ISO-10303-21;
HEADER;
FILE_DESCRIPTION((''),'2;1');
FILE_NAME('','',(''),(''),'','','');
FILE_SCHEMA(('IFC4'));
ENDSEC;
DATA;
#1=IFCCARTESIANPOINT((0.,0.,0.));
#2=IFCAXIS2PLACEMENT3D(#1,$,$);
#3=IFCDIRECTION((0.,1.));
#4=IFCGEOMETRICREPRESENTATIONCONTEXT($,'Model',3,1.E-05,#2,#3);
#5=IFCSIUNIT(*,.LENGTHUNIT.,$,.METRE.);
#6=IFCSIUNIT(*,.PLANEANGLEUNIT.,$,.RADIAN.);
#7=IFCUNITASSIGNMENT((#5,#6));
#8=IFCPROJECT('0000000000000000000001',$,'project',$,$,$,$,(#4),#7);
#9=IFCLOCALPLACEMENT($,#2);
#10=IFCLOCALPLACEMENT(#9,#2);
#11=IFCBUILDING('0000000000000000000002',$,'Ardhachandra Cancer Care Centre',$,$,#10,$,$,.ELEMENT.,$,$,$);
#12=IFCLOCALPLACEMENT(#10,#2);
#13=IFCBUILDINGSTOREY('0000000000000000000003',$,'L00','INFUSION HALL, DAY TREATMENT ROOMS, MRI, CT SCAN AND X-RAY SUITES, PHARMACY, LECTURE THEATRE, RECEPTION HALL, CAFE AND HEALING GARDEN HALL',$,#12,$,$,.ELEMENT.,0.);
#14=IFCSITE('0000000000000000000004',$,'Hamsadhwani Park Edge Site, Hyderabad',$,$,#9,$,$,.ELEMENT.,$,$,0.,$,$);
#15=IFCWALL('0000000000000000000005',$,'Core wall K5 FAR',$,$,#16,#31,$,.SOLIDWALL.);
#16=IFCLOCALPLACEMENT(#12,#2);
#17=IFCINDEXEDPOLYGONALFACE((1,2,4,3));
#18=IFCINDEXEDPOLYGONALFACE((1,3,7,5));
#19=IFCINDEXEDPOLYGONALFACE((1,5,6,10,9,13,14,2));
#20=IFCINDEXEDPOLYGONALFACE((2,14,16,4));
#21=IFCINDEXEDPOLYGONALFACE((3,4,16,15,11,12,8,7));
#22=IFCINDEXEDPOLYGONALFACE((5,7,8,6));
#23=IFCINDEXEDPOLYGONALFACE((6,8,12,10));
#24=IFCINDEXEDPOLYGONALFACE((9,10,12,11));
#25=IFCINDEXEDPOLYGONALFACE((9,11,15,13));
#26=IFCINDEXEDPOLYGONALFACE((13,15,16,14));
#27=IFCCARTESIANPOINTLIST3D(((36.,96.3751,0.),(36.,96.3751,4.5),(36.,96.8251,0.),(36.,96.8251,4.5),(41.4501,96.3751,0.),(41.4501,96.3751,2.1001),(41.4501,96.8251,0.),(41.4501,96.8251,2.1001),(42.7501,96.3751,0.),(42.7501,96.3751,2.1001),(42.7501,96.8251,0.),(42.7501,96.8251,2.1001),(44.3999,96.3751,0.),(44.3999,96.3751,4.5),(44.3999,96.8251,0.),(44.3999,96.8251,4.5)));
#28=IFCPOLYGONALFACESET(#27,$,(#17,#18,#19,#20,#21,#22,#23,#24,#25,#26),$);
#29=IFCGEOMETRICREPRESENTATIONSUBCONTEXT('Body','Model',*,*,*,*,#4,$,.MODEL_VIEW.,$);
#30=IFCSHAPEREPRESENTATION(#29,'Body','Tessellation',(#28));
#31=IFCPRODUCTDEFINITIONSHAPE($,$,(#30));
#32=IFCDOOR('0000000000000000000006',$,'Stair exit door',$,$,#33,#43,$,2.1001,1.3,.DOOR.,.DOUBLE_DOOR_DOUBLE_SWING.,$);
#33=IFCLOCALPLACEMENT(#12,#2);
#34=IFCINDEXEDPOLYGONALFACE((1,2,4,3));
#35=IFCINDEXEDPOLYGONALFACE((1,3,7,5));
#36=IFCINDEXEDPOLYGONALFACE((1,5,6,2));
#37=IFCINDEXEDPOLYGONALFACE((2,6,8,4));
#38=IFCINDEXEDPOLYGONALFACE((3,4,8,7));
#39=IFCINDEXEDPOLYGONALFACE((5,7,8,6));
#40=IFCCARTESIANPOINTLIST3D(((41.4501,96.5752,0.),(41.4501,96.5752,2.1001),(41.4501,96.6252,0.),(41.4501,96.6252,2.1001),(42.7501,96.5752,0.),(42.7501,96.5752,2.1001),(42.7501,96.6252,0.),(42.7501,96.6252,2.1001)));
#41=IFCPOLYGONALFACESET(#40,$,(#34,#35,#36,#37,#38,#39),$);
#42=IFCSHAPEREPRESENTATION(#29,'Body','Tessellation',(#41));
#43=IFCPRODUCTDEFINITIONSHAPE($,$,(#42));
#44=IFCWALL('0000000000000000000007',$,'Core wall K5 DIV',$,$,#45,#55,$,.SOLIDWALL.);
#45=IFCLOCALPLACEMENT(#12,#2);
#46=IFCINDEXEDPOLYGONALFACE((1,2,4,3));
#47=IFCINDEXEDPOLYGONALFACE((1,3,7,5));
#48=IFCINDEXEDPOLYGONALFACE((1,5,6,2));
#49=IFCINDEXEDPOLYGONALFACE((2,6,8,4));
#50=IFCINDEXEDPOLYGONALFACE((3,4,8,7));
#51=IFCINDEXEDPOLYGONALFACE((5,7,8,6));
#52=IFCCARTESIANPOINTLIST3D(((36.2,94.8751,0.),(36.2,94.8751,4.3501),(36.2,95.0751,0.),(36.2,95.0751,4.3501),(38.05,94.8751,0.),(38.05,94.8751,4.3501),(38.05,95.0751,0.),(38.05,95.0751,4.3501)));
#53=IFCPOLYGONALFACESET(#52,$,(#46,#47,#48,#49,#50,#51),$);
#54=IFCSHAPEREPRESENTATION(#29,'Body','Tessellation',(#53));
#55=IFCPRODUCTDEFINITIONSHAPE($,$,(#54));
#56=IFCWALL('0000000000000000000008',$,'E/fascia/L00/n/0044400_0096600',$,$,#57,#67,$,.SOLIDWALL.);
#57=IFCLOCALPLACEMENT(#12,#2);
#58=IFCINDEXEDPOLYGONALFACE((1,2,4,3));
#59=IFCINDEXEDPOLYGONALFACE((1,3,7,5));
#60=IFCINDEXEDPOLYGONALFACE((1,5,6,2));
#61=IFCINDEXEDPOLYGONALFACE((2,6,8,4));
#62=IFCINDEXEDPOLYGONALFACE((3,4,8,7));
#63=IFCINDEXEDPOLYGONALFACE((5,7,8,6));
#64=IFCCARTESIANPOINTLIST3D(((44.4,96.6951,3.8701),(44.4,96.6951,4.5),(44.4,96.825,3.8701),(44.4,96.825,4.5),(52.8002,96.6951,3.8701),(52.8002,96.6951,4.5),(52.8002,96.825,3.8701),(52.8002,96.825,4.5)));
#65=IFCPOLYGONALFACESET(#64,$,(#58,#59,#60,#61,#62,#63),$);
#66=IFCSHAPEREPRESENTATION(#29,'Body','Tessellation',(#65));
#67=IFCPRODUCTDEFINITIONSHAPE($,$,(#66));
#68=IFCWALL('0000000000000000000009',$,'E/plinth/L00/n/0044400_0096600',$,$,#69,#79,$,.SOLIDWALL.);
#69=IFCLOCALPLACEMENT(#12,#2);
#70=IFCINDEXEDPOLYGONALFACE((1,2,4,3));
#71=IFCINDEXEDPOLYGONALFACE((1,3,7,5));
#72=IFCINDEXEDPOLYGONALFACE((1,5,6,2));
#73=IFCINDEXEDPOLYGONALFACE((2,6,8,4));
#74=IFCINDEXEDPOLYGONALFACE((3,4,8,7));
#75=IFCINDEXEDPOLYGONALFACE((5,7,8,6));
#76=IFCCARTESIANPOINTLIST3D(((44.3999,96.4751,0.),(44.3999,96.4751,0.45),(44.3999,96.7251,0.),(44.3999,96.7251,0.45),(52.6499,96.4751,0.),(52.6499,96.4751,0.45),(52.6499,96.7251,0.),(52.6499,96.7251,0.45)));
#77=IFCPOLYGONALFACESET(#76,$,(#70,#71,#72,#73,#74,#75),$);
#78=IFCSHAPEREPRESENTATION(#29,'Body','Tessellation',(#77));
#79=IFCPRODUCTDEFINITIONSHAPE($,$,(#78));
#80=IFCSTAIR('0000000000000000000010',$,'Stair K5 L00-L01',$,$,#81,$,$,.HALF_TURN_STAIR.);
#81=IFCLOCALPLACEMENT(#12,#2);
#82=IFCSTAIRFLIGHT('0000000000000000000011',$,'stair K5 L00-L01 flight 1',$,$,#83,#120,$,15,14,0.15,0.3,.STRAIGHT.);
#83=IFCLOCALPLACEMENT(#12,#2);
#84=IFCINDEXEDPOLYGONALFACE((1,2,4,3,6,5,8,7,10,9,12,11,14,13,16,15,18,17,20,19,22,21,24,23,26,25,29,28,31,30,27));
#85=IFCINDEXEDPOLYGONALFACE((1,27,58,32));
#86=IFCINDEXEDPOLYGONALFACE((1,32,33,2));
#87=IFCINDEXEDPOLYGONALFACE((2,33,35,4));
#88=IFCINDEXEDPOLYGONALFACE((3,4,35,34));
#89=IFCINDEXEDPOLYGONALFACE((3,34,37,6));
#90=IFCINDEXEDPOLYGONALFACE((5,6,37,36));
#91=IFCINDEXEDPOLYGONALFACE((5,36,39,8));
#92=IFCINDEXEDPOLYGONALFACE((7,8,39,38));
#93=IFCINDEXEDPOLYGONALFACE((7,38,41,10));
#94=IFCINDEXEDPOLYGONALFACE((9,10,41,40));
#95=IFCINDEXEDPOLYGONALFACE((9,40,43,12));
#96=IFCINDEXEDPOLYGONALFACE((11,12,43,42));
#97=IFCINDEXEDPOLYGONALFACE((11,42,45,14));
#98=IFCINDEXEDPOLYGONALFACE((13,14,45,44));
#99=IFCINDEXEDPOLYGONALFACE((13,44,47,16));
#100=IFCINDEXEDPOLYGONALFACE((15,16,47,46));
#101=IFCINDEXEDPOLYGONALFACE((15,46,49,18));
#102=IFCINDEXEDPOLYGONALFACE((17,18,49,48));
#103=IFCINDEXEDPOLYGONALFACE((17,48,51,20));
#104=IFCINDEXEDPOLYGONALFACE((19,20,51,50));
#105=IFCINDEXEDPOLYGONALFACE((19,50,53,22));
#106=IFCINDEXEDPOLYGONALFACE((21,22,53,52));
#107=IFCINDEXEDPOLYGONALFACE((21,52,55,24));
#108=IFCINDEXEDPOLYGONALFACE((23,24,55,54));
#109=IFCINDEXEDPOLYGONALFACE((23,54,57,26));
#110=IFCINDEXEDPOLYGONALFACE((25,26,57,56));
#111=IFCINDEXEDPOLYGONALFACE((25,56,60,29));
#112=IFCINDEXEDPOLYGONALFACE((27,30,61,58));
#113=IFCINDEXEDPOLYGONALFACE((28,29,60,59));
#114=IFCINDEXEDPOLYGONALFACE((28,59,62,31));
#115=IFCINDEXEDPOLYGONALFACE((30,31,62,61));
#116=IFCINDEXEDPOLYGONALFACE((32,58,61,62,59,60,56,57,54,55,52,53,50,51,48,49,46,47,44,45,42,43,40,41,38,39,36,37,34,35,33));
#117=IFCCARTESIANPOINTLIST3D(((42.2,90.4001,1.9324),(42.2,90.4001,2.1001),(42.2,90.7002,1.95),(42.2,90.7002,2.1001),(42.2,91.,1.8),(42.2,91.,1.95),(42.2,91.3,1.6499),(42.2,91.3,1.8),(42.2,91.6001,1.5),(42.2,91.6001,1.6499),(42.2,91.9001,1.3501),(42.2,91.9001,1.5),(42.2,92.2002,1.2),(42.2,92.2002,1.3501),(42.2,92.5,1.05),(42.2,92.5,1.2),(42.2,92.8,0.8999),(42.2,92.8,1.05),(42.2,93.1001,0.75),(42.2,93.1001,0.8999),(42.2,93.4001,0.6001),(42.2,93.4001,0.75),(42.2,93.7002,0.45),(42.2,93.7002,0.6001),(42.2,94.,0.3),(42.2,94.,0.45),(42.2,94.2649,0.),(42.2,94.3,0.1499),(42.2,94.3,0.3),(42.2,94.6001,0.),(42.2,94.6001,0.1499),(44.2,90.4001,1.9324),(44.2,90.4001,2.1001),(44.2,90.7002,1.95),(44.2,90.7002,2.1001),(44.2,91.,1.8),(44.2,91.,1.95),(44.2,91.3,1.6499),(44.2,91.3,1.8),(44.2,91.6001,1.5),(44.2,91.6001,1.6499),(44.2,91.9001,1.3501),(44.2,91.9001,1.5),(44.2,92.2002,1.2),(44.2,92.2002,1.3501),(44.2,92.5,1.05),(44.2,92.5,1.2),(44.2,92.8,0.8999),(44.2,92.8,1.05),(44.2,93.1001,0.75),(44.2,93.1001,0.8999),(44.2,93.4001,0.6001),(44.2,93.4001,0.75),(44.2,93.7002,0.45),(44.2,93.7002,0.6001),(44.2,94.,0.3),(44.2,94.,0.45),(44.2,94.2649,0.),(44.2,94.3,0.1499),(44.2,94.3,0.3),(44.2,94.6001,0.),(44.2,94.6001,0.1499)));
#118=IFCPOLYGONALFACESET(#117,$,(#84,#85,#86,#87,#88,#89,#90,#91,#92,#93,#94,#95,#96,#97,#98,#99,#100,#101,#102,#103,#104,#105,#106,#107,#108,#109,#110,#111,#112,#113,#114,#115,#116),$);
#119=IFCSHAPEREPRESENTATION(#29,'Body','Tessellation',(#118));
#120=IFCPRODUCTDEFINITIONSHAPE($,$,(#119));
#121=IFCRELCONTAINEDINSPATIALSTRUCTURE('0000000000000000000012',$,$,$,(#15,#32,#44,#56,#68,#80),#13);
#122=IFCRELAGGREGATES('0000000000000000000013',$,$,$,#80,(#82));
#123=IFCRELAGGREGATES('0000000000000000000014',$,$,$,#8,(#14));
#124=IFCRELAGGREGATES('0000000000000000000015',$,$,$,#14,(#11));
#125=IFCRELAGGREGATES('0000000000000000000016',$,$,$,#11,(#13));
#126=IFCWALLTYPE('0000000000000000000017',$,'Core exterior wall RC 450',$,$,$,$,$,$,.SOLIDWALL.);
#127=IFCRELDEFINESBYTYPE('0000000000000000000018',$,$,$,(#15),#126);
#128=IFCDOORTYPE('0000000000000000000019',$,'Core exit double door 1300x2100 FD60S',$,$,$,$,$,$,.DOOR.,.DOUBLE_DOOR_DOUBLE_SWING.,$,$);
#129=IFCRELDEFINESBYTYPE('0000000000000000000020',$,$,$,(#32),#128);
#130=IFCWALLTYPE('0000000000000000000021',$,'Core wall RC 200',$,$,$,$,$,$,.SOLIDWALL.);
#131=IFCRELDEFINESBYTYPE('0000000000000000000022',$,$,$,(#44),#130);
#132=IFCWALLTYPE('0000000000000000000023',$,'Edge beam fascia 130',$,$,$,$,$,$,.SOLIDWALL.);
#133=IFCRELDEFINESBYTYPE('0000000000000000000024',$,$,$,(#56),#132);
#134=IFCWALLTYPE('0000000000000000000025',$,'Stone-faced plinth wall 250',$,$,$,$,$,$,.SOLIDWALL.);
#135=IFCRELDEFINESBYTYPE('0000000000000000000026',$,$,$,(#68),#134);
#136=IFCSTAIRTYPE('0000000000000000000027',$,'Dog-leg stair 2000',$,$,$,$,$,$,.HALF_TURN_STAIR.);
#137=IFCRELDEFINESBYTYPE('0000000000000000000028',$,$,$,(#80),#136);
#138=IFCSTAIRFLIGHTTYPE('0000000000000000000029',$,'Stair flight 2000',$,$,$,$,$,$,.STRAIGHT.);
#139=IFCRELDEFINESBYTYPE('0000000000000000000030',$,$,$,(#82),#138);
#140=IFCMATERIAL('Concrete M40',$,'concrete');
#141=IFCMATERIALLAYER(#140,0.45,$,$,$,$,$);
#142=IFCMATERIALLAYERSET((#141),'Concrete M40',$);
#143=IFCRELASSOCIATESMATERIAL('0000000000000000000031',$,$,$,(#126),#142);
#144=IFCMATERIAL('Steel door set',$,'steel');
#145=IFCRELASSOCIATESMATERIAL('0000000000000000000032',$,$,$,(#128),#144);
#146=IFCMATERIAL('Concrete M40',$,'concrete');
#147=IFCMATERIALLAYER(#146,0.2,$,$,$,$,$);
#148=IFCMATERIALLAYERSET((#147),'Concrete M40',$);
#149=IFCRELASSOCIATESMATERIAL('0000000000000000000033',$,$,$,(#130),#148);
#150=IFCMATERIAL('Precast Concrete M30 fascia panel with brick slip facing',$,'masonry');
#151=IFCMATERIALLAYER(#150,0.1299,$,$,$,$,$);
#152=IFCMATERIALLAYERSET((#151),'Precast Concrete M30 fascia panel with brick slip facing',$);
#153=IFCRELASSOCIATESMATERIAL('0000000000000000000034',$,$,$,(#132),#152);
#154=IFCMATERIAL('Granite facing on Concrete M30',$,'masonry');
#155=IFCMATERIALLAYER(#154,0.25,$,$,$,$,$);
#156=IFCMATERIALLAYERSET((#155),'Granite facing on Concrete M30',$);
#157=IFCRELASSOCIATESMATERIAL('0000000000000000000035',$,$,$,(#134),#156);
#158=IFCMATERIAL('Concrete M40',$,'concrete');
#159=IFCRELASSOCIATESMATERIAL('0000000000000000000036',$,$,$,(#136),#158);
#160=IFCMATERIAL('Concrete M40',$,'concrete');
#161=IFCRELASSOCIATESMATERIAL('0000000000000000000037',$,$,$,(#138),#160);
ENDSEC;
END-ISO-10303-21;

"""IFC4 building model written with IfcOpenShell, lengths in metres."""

from ifc_helpers import new_model, si_unit, direction, frame, frame_2d, origin, place, context, subcontext, project, spatial, polyline, rectangle, outline, extrude, material, layer, layer_set, type_object, element, fill, aggregate, save


model = new_model("IFC4")

# Units and contexts
model_context = context("Model", 3, precision=1e-05, world=origin(), true_north=direction((0.0, 1.0)))
body_context = subcontext(model_context, "Body", "Model", "MODEL_VIEW")
ifc_project = project(units=[si_unit("LENGTHUNIT", "METRE"), si_unit("PLANEANGLEUNIT", "RADIAN")], contexts=[model_context])

# Site, building, storey
site_placement = place(None, origin())
site = spatial("IfcSite", under=ifc_project, at=site_placement, Name="Hamsadhwani Park Edge Site, Hyderabad", CompositionType="ELEMENT", RefElevation=0.0)
building_placement = place(site_placement, origin())
building = spatial("IfcBuilding", under=site, at=building_placement, Name="Ardhachandra Cancer Care Centre", CompositionType="ELEMENT")
storey_placement = place(building_placement, origin())
storey = spatial("IfcBuildingStorey", under=building, at=storey_placement, Name="L00", Description="INFUSION HALL, DAY TREATMENT ROOMS, MRI, CT SCAN AND X-RAY SUITES, PHARMACY, LECTURE THEATRE, RECEPTION HALL, CAFE AND HEALING GARDEN HALL", CompositionType="ELEMENT", Elevation=0.0)

# Wall, opening, door
ifc_material_1 = material(Name="Concrete M40", Category="concrete")
ifc_layer_1 = layer(ifc_material_1, 0.45)
ifc_layer_set_1 = layer_set([ifc_layer_1], Name="Concrete M40")
wall_type_1 = type_object("IfcWallType", Name="Core exterior wall RC 450", PredefinedType="SOLIDWALL", material=ifc_layer_set_1)
wall_1_placement = place(storey_placement, frame((44.3999, 96.6001, 0.0), z_axis=(0.0, 0.0, 1.0), x_axis=(-1.0, 0.0, 0.0)))
wall_1 = element("IfcWall", 1, at=wall_1_placement, inside=storey, type_object=wall_type_1, Name="Core wall K5 FAR", PredefinedType="SOLIDWALL", context=body_context, shape_type="SweptSolid", body=[
    extrude(rectangle(XDim=8.3999, YDim=0.45, at=frame_2d((4.2, 0.0))), origin(), (0.0, 0.0, 1.0), 4.5),
])
opening_placement = place(wall_1_placement, frame((1.6499, 0.0, 0.0)))
opening = element("IfcOpeningElement", 2, at=opening_placement, cuts=wall_1, PredefinedType="OPENING", context=body_context, shape_type="SweptSolid", body=[
    extrude(rectangle(XDim=1.3, YDim=2.1001, at=frame_2d((0.6499, 1.05))), frame((0.0, 0.2349, 0.0), z_axis=(0.0, -1.0, 0.0), x_axis=(1.0, 0.0, 0.0)), (0.0, 0.0, 1.0), 0.47),
])
ifc_material_2 = material(Name="Steel door set", Category="steel")
door_type = type_object("IfcDoorType", Name="Core exit double door 1300x2100 FD60S", OperationType="DOUBLE_DOOR_DOUBLE_SWING", PredefinedType="DOOR", material=ifc_material_2)
door_placement = place(opening_placement, origin())
door = element("IfcDoor", 3, at=door_placement, inside=storey, type_object=door_type, Name="Stair exit door", OperationType="DOUBLE_DOOR_DOUBLE_SWING", OverallHeight=2.1001, OverallWidth=1.3, PredefinedType="DOOR", context=body_context, shape_type="SweptSolid", body=[
    extrude(rectangle(XDim=1.3, YDim=2.1001, at=frame_2d((0.6499, 1.05))), frame((0.0, 0.0249, 0.0), z_axis=(0.0, -1.0, 0.0), x_axis=(1.0, 0.0, 0.0)), (0.0, 0.0, 1.0), 0.05),
])
fill(opening, door)

# Walls
ifc_material_3 = material(Name="Concrete M40", Category="concrete")
ifc_layer_2 = layer(ifc_material_3, 0.2)
ifc_layer_set_2 = layer_set([ifc_layer_2], Name="Concrete M40")
wall_type_2 = type_object("IfcWallType", Name="Core wall RC 200", PredefinedType="SOLIDWALL", material=ifc_layer_set_2)
wall_2_placement = place(storey_placement, frame((38.05, 94.9751, 0.0), z_axis=(0.0, 0.0, 1.0), x_axis=(-1.0, 0.0, 0.0)))
element("IfcWall", 4, at=wall_2_placement, inside=storey, type_object=wall_type_2, Name="Core wall K5 DIV", PredefinedType="SOLIDWALL", context=body_context, shape_type="SweptSolid", body=[
    extrude(rectangle(XDim=1.8501, YDim=0.2, at=frame_2d((0.925, 0.0))), origin(), (0.0, 0.0, 1.0), 4.3501),
])
ifc_material_4 = material(Name="Precast Concrete M30 fascia panel with brick slip facing", Category="masonry")
ifc_layer_3 = layer(ifc_material_4, 0.1299)
ifc_layer_set_3 = layer_set([ifc_layer_3], Name="Precast Concrete M30 fascia panel with brick slip facing")
wall_type_3 = type_object("IfcWallType", Name="Edge beam fascia 130", PredefinedType="SOLIDWALL", material=ifc_layer_set_3)
wall_3_placement = place(storey_placement, frame((44.3999, 96.76, 3.8701), z_axis=(0.0, 0.0, 1.0), x_axis=(1.0, 0.0, 0.0)))
element("IfcWall", 5, at=wall_3_placement, inside=storey, type_object=wall_type_3, Name="E/fascia/L00/n/0044400_0096600", PredefinedType="SOLIDWALL", context=body_context, shape_type="SweptSolid", body=[
    extrude(rectangle(XDim=8.4001, YDim=0.1299, at=frame_2d((4.2002, 0.0))), origin(), (0.0, 0.0, 1.0), 0.6299),
])
ifc_material_5 = material(Name="Granite facing on Concrete M30", Category="masonry")
ifc_layer_4 = layer(ifc_material_5, 0.25)
ifc_layer_set_4 = layer_set([ifc_layer_4], Name="Granite facing on Concrete M30")
wall_type_4 = type_object("IfcWallType", Name="Stone-faced plinth wall 250", PredefinedType="SOLIDWALL", material=ifc_layer_set_4)
wall_4_placement = place(storey_placement, frame((44.3999, 96.6001, 0.0), z_axis=(0.0, 0.0, 1.0), x_axis=(1.0, 0.0, 0.0)))
element("IfcWall", 6, at=wall_4_placement, inside=storey, type_object=wall_type_4, Name="E/plinth/L00/n/0044400_0096600", PredefinedType="SOLIDWALL", context=body_context, shape_type="SweptSolid", body=[
    extrude(rectangle(XDim=8.25, YDim=0.25, at=frame_2d((4.125, 0.0))), origin(), (0.0, 0.0, 1.0), 0.45),
])

# Stair, stair flight
ifc_material_6 = material(Name="Concrete M40", Category="concrete")
stair_type = type_object("IfcStairType", Name="Dog-leg stair 2000", PredefinedType="HALF_TURN_STAIR", material=ifc_material_6)
stair_placement = place(storey_placement, origin())
stair = element("IfcStair", 7, at=stair_placement, inside=storey, type_object=stair_type, Name="Stair K5 L00-L01", PredefinedType="HALF_TURN_STAIR")
ifc_material_7 = material(Name="Concrete M40", Category="concrete")
stair_flight_type = type_object("IfcStairFlightType", Name="Stair flight 2000", PredefinedType="STRAIGHT", material=ifc_material_7)
stair_flight_placement = place(storey_placement, frame((43.2, 94.6001, 0.0), z_axis=(0.0, 0.0, 1.0), x_axis=(0.0, -1.0, 0.0)))
stair_flight = element("IfcStairFlight", 8, at=stair_flight_placement, type_object=stair_flight_type, Name="stair K5 L00-L01 flight 1", NumberOfRisers=15, NumberOfTreads=14, PredefinedType="STRAIGHT", RiserHeight=0.15, TreadLength=0.3, context=body_context, shape_type="SweptSolid", body=[
    extrude(outline(polyline([(0.0, 0.0), (0.0, 0.1499), (0.3, 0.1499), (0.3, 0.3), (0.6001, 0.3), (0.6001, 0.45), (0.8999, 0.45), (0.8999, 0.6001), (1.2, 0.6001), (1.2, 0.75), (1.5, 0.75), (1.5, 0.8999), (1.8, 0.8999), (1.8, 1.05), (2.1001, 1.05), (2.1001, 1.2), (2.3999, 1.2), (2.3999, 1.3501), (2.7, 1.3501), (2.7, 1.5), (3.0, 1.5), (3.0, 1.6499), (3.3, 1.6499), (3.3, 1.8), (3.6001, 1.8), (3.6001, 1.95), (3.8999, 1.95), (3.8999, 2.1001), (4.2, 2.1001), (4.2, 2.25), (4.2, 1.9324), (0.3352, 0.0), (0.0, 0.0)])), frame((0.0, 1.0, 0.0), z_axis=(0.0, -1.0, 0.0), x_axis=(1.0, 0.0, 0.0)), (0.0, 0.0, 1.0), 2.0),
])
aggregate(stair, [stair_flight])

save(model, "model.ifc")
